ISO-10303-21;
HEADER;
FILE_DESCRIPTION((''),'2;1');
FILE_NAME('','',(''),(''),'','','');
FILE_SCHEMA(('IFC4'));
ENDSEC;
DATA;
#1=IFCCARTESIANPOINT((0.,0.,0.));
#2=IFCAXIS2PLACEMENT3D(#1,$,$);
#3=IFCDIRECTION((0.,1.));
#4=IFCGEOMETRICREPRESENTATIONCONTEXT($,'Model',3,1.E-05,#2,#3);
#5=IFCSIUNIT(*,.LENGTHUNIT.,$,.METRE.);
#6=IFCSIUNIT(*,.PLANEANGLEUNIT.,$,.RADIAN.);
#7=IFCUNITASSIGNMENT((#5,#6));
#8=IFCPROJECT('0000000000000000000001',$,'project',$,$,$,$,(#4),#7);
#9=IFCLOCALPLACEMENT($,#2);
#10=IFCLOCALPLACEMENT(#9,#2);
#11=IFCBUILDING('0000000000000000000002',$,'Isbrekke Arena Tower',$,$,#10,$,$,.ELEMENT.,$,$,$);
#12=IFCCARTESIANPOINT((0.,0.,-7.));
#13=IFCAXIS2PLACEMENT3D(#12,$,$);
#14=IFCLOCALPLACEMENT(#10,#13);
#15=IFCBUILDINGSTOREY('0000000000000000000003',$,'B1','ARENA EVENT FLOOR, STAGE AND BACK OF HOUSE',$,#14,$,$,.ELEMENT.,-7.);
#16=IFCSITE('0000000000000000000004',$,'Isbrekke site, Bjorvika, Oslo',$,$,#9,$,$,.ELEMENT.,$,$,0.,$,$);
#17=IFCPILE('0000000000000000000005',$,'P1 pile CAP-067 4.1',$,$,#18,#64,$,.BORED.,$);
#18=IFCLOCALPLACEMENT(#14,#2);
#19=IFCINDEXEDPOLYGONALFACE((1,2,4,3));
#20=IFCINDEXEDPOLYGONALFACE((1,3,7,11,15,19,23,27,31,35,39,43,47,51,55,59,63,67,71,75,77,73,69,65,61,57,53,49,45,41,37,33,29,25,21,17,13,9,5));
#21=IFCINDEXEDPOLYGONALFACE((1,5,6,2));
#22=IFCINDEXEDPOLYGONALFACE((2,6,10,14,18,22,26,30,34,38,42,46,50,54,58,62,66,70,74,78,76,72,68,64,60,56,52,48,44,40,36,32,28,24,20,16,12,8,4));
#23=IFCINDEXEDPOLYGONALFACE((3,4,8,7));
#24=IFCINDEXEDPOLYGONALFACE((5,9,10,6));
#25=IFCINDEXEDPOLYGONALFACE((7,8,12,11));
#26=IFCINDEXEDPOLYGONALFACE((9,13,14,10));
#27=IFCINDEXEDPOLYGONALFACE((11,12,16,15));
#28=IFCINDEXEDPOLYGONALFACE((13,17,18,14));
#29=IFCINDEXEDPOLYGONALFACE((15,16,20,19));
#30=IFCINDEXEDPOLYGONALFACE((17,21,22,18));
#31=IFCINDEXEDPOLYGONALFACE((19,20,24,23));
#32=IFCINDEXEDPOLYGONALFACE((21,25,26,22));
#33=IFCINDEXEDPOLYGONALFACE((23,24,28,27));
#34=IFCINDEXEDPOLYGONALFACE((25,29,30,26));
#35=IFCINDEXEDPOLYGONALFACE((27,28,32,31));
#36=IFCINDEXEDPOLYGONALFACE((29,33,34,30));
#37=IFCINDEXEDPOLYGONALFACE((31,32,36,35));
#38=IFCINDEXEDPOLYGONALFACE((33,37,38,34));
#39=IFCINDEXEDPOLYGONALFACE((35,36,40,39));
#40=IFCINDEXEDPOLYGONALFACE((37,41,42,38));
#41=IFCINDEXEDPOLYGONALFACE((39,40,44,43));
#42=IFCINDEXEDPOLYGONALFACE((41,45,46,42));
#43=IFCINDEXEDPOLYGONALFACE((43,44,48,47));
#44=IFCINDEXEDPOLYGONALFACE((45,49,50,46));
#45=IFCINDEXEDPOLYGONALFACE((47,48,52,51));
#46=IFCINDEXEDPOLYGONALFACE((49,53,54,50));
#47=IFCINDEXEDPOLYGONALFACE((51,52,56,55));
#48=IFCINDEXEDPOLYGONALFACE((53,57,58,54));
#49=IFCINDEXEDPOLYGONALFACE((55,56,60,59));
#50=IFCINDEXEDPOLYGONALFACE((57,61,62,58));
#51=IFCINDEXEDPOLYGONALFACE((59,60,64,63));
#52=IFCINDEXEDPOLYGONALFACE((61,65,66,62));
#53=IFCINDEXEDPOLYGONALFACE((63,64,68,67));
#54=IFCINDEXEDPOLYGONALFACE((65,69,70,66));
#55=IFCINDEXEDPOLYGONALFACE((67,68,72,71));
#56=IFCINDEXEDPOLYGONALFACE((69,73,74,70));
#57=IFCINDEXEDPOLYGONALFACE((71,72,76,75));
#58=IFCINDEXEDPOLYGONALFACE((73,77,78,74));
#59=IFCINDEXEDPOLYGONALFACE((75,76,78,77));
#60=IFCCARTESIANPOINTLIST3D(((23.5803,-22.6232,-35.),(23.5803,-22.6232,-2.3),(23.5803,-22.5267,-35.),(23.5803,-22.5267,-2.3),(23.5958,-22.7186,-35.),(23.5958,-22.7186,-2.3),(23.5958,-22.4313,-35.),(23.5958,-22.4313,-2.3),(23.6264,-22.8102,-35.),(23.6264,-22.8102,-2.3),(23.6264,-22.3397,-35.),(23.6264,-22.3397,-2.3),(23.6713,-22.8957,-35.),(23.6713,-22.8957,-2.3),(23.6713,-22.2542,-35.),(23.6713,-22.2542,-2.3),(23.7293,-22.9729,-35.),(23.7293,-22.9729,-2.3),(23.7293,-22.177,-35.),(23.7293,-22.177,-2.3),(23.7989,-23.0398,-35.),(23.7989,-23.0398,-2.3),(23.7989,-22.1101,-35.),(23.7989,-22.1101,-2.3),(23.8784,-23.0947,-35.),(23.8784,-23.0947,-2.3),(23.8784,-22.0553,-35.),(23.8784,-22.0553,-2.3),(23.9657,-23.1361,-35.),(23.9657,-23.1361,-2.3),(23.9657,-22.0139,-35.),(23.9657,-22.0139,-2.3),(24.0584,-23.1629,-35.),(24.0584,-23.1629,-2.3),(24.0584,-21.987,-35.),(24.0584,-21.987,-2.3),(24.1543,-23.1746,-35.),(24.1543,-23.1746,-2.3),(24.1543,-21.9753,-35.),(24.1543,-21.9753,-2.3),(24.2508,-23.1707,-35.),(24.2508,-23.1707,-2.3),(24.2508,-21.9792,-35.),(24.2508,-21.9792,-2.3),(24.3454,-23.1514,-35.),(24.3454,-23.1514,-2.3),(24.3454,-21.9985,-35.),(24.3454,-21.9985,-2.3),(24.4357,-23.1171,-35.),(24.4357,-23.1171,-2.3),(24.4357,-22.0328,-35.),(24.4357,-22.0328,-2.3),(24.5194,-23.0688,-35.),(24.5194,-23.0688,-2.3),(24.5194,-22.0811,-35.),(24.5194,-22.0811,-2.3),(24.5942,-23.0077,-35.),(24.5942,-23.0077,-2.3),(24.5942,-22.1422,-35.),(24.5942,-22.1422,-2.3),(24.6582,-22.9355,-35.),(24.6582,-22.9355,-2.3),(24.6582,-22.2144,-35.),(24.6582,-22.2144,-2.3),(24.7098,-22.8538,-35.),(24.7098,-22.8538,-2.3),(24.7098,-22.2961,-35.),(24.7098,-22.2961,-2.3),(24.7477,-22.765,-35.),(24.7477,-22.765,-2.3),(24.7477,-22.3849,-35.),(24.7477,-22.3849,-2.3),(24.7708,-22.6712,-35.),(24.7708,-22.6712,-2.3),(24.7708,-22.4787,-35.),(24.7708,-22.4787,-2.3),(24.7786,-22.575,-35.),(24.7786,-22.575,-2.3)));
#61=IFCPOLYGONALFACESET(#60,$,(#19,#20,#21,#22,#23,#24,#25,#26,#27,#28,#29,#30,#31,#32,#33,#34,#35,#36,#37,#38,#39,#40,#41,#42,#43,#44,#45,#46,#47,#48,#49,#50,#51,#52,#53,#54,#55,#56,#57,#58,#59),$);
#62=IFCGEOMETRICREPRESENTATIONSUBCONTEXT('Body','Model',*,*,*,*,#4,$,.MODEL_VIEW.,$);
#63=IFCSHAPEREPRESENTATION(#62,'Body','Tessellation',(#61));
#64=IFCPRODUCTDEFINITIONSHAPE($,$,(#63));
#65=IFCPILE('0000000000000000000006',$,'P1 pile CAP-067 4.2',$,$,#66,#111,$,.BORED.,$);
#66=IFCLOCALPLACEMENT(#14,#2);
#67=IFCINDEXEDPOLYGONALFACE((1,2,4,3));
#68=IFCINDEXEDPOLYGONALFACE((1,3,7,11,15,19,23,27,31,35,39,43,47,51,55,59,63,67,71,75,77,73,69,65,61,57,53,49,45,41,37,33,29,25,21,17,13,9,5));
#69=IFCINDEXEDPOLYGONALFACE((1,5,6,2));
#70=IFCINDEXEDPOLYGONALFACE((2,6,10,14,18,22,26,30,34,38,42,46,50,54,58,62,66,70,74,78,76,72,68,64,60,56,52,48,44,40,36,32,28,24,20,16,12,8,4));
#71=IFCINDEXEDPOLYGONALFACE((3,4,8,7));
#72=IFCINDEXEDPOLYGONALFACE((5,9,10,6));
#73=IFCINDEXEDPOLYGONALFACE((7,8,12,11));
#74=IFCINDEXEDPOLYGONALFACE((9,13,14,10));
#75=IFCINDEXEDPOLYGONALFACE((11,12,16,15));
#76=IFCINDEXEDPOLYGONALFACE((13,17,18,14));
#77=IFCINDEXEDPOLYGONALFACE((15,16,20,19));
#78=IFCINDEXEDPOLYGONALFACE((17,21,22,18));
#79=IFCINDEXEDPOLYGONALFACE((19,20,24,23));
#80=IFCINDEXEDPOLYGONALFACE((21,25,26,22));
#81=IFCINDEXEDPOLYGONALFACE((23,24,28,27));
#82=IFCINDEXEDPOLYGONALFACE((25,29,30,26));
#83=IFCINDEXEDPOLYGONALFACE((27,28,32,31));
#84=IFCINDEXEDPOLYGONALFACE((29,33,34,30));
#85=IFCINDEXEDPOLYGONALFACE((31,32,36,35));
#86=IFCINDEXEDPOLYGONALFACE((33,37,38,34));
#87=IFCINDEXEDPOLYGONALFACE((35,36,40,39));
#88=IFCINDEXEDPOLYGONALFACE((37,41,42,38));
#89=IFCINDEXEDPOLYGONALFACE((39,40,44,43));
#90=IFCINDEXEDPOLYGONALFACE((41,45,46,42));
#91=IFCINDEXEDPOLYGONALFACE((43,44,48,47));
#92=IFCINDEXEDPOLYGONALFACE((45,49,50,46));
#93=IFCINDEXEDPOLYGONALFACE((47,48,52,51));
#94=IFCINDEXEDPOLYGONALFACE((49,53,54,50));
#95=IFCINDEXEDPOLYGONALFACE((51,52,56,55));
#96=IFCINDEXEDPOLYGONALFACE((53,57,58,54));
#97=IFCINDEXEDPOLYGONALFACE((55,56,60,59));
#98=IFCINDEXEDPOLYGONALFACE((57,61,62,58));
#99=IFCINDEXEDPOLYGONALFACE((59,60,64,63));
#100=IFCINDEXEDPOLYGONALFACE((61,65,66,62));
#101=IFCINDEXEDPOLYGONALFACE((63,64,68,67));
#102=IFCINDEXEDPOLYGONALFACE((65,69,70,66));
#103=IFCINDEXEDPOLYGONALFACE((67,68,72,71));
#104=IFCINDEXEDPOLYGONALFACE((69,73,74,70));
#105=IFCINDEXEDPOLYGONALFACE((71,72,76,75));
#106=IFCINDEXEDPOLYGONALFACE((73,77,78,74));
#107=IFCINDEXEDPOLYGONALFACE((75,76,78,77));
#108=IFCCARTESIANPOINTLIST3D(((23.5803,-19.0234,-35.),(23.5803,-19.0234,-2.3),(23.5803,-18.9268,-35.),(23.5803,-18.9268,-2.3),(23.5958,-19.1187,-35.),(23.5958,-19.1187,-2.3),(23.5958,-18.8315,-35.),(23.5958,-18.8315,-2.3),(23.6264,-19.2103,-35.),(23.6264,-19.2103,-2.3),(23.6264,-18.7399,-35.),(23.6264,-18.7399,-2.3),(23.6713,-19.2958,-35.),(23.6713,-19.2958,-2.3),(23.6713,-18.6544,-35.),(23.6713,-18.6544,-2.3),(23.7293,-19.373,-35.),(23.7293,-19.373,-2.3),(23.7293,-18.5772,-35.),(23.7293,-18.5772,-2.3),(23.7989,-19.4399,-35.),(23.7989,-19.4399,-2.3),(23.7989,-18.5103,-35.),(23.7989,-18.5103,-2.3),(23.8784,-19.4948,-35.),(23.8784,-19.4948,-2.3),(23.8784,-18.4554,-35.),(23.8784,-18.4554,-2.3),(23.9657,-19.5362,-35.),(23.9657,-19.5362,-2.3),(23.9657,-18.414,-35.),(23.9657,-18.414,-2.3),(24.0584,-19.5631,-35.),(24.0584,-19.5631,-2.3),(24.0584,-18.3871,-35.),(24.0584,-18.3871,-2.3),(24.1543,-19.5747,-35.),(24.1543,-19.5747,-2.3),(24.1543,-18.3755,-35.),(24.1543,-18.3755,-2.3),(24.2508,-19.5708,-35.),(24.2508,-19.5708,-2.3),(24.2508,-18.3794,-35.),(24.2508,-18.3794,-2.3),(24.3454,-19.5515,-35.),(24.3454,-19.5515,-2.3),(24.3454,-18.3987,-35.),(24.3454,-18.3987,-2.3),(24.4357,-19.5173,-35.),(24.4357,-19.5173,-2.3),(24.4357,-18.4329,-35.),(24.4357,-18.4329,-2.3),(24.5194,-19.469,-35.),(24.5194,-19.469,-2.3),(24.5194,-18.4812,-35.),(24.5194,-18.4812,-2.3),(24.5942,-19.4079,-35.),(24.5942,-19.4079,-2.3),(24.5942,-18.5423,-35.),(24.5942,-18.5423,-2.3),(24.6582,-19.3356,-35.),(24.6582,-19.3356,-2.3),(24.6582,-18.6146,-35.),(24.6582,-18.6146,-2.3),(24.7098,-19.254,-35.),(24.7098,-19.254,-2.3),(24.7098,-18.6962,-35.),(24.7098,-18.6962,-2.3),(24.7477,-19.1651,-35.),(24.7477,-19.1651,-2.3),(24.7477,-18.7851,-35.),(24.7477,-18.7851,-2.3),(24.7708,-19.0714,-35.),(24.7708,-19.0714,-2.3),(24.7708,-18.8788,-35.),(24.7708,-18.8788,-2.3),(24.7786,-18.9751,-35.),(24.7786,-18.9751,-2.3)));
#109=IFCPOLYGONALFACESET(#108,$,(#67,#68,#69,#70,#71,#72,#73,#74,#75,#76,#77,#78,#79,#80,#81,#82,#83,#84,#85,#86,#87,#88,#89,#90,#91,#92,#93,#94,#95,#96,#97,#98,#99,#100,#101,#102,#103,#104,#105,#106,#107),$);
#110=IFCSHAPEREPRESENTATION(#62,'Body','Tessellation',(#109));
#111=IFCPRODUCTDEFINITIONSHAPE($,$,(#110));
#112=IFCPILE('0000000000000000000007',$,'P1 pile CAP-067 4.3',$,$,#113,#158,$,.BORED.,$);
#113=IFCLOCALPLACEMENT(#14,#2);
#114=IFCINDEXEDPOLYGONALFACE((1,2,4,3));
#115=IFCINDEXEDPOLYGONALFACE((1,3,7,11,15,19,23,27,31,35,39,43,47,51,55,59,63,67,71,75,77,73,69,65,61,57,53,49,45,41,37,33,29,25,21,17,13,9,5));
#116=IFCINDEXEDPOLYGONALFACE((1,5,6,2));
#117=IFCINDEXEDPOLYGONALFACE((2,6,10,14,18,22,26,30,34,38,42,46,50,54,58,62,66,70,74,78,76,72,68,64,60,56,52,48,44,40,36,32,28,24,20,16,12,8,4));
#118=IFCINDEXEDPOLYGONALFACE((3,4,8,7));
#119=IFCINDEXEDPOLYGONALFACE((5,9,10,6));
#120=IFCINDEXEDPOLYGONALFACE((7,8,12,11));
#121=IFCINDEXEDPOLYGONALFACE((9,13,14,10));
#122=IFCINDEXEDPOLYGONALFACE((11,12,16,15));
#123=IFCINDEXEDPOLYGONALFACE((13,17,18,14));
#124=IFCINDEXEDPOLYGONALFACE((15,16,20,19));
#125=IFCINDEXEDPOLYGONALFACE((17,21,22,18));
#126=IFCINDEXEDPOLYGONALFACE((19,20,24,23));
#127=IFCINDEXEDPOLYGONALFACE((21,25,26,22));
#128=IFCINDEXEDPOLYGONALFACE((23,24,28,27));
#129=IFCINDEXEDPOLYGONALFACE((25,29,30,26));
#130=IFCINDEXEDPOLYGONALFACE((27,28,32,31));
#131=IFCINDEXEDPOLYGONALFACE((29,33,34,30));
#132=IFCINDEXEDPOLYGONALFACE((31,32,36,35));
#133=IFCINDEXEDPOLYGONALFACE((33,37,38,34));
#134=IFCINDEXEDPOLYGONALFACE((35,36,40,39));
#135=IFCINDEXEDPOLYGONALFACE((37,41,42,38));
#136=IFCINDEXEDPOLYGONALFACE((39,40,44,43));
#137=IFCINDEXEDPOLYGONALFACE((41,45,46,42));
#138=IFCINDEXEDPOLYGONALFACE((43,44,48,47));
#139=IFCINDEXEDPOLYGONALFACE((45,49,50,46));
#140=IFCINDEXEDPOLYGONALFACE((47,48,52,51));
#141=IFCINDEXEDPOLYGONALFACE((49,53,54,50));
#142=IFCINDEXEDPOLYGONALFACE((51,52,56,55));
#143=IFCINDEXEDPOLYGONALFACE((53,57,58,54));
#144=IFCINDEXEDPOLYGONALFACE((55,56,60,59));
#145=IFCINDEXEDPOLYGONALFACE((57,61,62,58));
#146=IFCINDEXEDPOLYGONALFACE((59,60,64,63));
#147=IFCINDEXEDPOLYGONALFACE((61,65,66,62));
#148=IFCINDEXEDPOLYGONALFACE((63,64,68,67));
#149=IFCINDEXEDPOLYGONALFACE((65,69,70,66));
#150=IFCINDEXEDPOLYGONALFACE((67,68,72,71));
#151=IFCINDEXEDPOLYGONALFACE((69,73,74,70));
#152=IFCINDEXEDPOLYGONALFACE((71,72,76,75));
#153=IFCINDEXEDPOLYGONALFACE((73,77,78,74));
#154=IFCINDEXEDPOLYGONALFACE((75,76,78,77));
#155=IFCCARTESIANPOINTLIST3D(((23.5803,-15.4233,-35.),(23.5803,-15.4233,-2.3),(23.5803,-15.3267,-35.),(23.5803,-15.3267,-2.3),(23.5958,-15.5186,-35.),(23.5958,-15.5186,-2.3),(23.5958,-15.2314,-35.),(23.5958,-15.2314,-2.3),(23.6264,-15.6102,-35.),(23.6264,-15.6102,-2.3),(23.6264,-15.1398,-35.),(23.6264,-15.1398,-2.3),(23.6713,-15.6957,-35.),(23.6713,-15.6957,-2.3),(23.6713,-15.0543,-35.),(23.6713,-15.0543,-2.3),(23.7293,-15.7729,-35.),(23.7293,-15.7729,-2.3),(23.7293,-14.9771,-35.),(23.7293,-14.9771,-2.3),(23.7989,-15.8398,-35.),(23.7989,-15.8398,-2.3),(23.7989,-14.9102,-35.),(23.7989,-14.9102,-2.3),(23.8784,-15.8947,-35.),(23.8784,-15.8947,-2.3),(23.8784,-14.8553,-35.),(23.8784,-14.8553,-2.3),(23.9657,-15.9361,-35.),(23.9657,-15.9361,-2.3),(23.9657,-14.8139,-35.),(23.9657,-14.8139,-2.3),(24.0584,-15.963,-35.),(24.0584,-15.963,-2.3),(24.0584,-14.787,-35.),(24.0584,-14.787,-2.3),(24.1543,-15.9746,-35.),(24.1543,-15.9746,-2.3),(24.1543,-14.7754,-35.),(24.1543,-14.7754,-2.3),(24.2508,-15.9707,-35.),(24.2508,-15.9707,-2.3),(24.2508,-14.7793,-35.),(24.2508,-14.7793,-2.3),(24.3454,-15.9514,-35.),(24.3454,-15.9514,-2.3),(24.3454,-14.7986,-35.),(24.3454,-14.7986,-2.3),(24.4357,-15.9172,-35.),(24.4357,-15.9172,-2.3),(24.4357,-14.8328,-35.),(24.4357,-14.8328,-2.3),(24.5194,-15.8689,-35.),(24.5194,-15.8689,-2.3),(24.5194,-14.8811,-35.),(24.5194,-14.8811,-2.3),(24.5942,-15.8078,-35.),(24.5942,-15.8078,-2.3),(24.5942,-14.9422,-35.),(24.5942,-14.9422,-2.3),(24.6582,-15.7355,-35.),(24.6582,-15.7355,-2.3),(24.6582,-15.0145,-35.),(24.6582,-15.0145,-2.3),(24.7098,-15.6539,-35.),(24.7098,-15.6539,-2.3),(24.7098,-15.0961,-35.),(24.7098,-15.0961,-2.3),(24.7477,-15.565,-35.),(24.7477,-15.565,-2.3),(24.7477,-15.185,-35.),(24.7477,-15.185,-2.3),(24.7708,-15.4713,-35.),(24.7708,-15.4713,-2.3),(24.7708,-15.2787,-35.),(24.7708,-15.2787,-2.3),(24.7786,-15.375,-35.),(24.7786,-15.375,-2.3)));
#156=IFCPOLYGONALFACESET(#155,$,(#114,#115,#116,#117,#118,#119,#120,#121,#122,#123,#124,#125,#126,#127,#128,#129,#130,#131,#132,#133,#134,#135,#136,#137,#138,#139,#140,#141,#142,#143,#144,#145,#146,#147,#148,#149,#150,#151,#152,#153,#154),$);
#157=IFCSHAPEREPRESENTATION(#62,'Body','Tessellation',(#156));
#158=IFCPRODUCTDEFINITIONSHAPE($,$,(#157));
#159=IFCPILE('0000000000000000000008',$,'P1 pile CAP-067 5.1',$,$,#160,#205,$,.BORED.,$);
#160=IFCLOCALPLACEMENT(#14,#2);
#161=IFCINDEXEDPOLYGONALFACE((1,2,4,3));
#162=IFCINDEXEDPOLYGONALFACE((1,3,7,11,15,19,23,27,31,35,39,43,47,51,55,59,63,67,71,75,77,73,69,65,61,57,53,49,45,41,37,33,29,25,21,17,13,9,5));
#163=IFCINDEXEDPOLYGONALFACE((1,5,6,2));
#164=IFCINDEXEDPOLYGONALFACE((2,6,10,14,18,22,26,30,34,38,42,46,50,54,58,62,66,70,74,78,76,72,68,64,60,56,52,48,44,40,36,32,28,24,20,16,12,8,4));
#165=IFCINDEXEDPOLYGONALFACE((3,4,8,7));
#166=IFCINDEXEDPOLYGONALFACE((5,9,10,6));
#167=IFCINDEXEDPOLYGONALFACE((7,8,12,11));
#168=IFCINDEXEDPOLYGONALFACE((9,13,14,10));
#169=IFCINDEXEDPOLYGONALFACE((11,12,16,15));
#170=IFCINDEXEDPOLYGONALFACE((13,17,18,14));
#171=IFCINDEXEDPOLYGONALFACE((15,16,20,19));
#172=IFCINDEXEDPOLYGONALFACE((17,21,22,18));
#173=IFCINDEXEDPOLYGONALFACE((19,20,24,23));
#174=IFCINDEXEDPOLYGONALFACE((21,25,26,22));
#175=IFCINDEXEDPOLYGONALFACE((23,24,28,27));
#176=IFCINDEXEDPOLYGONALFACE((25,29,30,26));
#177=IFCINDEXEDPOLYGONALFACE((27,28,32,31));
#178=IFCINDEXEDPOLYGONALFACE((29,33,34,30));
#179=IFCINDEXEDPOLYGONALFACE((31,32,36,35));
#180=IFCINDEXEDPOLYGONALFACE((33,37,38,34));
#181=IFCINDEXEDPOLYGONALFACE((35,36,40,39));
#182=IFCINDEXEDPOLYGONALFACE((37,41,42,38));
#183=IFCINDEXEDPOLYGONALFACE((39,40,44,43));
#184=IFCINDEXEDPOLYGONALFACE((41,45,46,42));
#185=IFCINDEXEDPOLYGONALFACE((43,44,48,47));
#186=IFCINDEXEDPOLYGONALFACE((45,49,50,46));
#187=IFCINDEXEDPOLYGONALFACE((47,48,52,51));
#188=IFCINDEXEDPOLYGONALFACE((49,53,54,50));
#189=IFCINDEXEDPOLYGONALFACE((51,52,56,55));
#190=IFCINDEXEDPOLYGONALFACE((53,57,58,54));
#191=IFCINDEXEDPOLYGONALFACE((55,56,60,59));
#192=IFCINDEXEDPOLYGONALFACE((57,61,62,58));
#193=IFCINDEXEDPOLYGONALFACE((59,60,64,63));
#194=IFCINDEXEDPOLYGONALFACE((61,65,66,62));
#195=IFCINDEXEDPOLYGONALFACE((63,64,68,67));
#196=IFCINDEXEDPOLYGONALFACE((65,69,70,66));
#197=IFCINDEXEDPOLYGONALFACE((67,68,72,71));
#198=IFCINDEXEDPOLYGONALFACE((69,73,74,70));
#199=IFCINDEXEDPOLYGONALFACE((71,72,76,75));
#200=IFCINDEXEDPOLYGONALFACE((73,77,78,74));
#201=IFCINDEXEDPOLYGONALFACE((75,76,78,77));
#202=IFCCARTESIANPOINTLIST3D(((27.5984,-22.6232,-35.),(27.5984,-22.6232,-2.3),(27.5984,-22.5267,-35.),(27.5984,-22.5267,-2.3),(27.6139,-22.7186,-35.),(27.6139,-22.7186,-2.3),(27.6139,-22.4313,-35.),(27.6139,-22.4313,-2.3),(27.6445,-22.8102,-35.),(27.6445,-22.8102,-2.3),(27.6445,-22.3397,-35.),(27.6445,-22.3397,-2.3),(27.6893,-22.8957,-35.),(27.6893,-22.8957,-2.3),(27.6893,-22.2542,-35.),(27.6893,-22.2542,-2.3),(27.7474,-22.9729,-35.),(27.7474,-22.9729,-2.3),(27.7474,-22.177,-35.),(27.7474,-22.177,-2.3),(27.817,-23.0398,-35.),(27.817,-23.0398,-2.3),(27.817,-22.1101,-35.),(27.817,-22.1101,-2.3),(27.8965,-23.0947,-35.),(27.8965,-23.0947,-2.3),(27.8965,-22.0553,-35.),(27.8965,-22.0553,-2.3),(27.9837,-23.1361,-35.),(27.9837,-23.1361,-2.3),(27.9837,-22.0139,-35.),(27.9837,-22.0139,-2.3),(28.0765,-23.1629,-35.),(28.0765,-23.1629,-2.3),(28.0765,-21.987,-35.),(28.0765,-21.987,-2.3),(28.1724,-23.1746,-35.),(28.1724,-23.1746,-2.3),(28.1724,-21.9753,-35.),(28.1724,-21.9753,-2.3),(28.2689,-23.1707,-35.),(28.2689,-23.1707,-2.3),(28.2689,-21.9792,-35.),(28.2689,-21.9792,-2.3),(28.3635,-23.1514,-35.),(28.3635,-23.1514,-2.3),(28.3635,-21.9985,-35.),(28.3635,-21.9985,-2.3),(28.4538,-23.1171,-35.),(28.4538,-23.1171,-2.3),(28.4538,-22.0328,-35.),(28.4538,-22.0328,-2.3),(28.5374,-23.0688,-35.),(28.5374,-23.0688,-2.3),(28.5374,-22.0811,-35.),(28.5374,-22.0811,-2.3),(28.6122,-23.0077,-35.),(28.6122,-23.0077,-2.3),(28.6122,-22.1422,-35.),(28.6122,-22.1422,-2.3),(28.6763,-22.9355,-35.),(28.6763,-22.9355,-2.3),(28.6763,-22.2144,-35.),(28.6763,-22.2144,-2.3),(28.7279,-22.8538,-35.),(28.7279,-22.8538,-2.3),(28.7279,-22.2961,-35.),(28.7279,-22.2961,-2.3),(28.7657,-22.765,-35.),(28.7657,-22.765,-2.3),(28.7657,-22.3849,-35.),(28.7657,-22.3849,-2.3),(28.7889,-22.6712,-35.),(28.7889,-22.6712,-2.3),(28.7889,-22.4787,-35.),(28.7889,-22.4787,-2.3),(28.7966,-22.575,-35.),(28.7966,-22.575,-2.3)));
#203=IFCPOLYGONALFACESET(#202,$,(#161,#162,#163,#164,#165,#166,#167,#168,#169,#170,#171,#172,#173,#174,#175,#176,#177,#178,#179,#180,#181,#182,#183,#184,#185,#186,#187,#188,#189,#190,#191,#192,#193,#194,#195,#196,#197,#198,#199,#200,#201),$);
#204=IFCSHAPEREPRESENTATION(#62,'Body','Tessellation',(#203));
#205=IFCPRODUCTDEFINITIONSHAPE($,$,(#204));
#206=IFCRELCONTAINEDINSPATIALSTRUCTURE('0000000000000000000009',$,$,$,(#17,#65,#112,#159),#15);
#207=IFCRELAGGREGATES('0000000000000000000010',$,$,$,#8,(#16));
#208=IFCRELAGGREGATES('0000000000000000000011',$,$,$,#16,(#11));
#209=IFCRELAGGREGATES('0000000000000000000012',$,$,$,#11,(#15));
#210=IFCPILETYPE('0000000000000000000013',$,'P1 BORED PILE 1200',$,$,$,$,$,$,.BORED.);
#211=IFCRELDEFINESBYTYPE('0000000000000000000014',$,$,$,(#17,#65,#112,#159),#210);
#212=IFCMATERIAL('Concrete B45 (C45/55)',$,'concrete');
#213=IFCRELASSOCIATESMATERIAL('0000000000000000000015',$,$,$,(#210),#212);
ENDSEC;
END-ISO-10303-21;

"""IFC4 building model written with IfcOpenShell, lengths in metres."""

from ifc_helpers import new_model, si_unit, direction, frame, origin, origin_2d, place, context, subcontext, project, spatial, circle, extrude, material, material_profile, profile_set, type_object, element, save


model = new_model("IFC4")

# Units and contexts
model_context = context("Model", 3, precision=1e-05, world=origin(), true_north=direction((0.0, 1.0)))
body_context = subcontext(model_context, "Body", "Model", "MODEL_VIEW")
ifc_project = project(units=[si_unit("LENGTHUNIT", "METRE"), si_unit("PLANEANGLEUNIT", "RADIAN")], contexts=[model_context])

# Site, building, storey
site_placement = place(None, origin())
site = spatial("IfcSite", under=ifc_project, at=site_placement, Name="Isbrekke site, Bjorvika, Oslo", CompositionType="ELEMENT", RefElevation=0.0)
building_placement = place(site_placement, origin())
building = spatial("IfcBuilding", under=site, at=building_placement, Name="Isbrekke Arena Tower", CompositionType="ELEMENT")
storey_placement = place(building_placement, frame((0.0, 0.0, -7.0)))
storey = spatial("IfcBuildingStorey", under=building, at=storey_placement, Name="B1", Description="ARENA EVENT FLOOR, STAGE AND BACK OF HOUSE", CompositionType="ELEMENT", Elevation=-7.0)

# Piles
ifc_material_1 = material(Name="Concrete B45 (C45/55)", Category="concrete")
ifc_material_profile_1 = material_profile(ifc_material_1, circle(Radius=0.6001, at=origin_2d()), Name="BORED PILE D1200")
ifc_profile_set_1 = profile_set([ifc_material_profile_1], Name="Concrete B45 (C45/55)")
pile_type = type_object("IfcPileType", Name="P1 BORED PILE 1200", PredefinedType="BORED", material=ifc_profile_set_1)
for number, where, z_axis, x_axis, name in (
    (1, (24.1785, -22.575, -2.3), (0.0, 0.0, -1.0), (1.0, 0.0, 0.0), "P1 pile CAP-067 4.1"),
    (2, (24.1785, -18.9751, -2.3), (0.0, 0.0, -1.0), (1.0, 0.0, 0.0), "P1 pile CAP-067 4.2"),
    (3, (24.1785, -15.375, -2.3), (0.0, 0.0, -1.0), (1.0, 0.0, 0.0), "P1 pile CAP-067 4.3"),
    (4, (28.1965, -22.575, -2.3), (0.0, 0.0, -1.0), (1.0, 0.0, 0.0), "P1 pile CAP-067 5.1"),
):
    element("IfcPile", number, at=place(storey_placement, frame(where, z_axis=z_axis, x_axis=x_axis)), inside=storey, type_object=pile_type, Name=name, PredefinedType="BORED", context=body_context, shape_type="SweptSolid", body=[
        extrude(circle(Radius=0.6001, at=origin_2d()), origin(), (0.0, 0.0, 1.0), 32.7),
    ])

save(model, "model.ifc")
